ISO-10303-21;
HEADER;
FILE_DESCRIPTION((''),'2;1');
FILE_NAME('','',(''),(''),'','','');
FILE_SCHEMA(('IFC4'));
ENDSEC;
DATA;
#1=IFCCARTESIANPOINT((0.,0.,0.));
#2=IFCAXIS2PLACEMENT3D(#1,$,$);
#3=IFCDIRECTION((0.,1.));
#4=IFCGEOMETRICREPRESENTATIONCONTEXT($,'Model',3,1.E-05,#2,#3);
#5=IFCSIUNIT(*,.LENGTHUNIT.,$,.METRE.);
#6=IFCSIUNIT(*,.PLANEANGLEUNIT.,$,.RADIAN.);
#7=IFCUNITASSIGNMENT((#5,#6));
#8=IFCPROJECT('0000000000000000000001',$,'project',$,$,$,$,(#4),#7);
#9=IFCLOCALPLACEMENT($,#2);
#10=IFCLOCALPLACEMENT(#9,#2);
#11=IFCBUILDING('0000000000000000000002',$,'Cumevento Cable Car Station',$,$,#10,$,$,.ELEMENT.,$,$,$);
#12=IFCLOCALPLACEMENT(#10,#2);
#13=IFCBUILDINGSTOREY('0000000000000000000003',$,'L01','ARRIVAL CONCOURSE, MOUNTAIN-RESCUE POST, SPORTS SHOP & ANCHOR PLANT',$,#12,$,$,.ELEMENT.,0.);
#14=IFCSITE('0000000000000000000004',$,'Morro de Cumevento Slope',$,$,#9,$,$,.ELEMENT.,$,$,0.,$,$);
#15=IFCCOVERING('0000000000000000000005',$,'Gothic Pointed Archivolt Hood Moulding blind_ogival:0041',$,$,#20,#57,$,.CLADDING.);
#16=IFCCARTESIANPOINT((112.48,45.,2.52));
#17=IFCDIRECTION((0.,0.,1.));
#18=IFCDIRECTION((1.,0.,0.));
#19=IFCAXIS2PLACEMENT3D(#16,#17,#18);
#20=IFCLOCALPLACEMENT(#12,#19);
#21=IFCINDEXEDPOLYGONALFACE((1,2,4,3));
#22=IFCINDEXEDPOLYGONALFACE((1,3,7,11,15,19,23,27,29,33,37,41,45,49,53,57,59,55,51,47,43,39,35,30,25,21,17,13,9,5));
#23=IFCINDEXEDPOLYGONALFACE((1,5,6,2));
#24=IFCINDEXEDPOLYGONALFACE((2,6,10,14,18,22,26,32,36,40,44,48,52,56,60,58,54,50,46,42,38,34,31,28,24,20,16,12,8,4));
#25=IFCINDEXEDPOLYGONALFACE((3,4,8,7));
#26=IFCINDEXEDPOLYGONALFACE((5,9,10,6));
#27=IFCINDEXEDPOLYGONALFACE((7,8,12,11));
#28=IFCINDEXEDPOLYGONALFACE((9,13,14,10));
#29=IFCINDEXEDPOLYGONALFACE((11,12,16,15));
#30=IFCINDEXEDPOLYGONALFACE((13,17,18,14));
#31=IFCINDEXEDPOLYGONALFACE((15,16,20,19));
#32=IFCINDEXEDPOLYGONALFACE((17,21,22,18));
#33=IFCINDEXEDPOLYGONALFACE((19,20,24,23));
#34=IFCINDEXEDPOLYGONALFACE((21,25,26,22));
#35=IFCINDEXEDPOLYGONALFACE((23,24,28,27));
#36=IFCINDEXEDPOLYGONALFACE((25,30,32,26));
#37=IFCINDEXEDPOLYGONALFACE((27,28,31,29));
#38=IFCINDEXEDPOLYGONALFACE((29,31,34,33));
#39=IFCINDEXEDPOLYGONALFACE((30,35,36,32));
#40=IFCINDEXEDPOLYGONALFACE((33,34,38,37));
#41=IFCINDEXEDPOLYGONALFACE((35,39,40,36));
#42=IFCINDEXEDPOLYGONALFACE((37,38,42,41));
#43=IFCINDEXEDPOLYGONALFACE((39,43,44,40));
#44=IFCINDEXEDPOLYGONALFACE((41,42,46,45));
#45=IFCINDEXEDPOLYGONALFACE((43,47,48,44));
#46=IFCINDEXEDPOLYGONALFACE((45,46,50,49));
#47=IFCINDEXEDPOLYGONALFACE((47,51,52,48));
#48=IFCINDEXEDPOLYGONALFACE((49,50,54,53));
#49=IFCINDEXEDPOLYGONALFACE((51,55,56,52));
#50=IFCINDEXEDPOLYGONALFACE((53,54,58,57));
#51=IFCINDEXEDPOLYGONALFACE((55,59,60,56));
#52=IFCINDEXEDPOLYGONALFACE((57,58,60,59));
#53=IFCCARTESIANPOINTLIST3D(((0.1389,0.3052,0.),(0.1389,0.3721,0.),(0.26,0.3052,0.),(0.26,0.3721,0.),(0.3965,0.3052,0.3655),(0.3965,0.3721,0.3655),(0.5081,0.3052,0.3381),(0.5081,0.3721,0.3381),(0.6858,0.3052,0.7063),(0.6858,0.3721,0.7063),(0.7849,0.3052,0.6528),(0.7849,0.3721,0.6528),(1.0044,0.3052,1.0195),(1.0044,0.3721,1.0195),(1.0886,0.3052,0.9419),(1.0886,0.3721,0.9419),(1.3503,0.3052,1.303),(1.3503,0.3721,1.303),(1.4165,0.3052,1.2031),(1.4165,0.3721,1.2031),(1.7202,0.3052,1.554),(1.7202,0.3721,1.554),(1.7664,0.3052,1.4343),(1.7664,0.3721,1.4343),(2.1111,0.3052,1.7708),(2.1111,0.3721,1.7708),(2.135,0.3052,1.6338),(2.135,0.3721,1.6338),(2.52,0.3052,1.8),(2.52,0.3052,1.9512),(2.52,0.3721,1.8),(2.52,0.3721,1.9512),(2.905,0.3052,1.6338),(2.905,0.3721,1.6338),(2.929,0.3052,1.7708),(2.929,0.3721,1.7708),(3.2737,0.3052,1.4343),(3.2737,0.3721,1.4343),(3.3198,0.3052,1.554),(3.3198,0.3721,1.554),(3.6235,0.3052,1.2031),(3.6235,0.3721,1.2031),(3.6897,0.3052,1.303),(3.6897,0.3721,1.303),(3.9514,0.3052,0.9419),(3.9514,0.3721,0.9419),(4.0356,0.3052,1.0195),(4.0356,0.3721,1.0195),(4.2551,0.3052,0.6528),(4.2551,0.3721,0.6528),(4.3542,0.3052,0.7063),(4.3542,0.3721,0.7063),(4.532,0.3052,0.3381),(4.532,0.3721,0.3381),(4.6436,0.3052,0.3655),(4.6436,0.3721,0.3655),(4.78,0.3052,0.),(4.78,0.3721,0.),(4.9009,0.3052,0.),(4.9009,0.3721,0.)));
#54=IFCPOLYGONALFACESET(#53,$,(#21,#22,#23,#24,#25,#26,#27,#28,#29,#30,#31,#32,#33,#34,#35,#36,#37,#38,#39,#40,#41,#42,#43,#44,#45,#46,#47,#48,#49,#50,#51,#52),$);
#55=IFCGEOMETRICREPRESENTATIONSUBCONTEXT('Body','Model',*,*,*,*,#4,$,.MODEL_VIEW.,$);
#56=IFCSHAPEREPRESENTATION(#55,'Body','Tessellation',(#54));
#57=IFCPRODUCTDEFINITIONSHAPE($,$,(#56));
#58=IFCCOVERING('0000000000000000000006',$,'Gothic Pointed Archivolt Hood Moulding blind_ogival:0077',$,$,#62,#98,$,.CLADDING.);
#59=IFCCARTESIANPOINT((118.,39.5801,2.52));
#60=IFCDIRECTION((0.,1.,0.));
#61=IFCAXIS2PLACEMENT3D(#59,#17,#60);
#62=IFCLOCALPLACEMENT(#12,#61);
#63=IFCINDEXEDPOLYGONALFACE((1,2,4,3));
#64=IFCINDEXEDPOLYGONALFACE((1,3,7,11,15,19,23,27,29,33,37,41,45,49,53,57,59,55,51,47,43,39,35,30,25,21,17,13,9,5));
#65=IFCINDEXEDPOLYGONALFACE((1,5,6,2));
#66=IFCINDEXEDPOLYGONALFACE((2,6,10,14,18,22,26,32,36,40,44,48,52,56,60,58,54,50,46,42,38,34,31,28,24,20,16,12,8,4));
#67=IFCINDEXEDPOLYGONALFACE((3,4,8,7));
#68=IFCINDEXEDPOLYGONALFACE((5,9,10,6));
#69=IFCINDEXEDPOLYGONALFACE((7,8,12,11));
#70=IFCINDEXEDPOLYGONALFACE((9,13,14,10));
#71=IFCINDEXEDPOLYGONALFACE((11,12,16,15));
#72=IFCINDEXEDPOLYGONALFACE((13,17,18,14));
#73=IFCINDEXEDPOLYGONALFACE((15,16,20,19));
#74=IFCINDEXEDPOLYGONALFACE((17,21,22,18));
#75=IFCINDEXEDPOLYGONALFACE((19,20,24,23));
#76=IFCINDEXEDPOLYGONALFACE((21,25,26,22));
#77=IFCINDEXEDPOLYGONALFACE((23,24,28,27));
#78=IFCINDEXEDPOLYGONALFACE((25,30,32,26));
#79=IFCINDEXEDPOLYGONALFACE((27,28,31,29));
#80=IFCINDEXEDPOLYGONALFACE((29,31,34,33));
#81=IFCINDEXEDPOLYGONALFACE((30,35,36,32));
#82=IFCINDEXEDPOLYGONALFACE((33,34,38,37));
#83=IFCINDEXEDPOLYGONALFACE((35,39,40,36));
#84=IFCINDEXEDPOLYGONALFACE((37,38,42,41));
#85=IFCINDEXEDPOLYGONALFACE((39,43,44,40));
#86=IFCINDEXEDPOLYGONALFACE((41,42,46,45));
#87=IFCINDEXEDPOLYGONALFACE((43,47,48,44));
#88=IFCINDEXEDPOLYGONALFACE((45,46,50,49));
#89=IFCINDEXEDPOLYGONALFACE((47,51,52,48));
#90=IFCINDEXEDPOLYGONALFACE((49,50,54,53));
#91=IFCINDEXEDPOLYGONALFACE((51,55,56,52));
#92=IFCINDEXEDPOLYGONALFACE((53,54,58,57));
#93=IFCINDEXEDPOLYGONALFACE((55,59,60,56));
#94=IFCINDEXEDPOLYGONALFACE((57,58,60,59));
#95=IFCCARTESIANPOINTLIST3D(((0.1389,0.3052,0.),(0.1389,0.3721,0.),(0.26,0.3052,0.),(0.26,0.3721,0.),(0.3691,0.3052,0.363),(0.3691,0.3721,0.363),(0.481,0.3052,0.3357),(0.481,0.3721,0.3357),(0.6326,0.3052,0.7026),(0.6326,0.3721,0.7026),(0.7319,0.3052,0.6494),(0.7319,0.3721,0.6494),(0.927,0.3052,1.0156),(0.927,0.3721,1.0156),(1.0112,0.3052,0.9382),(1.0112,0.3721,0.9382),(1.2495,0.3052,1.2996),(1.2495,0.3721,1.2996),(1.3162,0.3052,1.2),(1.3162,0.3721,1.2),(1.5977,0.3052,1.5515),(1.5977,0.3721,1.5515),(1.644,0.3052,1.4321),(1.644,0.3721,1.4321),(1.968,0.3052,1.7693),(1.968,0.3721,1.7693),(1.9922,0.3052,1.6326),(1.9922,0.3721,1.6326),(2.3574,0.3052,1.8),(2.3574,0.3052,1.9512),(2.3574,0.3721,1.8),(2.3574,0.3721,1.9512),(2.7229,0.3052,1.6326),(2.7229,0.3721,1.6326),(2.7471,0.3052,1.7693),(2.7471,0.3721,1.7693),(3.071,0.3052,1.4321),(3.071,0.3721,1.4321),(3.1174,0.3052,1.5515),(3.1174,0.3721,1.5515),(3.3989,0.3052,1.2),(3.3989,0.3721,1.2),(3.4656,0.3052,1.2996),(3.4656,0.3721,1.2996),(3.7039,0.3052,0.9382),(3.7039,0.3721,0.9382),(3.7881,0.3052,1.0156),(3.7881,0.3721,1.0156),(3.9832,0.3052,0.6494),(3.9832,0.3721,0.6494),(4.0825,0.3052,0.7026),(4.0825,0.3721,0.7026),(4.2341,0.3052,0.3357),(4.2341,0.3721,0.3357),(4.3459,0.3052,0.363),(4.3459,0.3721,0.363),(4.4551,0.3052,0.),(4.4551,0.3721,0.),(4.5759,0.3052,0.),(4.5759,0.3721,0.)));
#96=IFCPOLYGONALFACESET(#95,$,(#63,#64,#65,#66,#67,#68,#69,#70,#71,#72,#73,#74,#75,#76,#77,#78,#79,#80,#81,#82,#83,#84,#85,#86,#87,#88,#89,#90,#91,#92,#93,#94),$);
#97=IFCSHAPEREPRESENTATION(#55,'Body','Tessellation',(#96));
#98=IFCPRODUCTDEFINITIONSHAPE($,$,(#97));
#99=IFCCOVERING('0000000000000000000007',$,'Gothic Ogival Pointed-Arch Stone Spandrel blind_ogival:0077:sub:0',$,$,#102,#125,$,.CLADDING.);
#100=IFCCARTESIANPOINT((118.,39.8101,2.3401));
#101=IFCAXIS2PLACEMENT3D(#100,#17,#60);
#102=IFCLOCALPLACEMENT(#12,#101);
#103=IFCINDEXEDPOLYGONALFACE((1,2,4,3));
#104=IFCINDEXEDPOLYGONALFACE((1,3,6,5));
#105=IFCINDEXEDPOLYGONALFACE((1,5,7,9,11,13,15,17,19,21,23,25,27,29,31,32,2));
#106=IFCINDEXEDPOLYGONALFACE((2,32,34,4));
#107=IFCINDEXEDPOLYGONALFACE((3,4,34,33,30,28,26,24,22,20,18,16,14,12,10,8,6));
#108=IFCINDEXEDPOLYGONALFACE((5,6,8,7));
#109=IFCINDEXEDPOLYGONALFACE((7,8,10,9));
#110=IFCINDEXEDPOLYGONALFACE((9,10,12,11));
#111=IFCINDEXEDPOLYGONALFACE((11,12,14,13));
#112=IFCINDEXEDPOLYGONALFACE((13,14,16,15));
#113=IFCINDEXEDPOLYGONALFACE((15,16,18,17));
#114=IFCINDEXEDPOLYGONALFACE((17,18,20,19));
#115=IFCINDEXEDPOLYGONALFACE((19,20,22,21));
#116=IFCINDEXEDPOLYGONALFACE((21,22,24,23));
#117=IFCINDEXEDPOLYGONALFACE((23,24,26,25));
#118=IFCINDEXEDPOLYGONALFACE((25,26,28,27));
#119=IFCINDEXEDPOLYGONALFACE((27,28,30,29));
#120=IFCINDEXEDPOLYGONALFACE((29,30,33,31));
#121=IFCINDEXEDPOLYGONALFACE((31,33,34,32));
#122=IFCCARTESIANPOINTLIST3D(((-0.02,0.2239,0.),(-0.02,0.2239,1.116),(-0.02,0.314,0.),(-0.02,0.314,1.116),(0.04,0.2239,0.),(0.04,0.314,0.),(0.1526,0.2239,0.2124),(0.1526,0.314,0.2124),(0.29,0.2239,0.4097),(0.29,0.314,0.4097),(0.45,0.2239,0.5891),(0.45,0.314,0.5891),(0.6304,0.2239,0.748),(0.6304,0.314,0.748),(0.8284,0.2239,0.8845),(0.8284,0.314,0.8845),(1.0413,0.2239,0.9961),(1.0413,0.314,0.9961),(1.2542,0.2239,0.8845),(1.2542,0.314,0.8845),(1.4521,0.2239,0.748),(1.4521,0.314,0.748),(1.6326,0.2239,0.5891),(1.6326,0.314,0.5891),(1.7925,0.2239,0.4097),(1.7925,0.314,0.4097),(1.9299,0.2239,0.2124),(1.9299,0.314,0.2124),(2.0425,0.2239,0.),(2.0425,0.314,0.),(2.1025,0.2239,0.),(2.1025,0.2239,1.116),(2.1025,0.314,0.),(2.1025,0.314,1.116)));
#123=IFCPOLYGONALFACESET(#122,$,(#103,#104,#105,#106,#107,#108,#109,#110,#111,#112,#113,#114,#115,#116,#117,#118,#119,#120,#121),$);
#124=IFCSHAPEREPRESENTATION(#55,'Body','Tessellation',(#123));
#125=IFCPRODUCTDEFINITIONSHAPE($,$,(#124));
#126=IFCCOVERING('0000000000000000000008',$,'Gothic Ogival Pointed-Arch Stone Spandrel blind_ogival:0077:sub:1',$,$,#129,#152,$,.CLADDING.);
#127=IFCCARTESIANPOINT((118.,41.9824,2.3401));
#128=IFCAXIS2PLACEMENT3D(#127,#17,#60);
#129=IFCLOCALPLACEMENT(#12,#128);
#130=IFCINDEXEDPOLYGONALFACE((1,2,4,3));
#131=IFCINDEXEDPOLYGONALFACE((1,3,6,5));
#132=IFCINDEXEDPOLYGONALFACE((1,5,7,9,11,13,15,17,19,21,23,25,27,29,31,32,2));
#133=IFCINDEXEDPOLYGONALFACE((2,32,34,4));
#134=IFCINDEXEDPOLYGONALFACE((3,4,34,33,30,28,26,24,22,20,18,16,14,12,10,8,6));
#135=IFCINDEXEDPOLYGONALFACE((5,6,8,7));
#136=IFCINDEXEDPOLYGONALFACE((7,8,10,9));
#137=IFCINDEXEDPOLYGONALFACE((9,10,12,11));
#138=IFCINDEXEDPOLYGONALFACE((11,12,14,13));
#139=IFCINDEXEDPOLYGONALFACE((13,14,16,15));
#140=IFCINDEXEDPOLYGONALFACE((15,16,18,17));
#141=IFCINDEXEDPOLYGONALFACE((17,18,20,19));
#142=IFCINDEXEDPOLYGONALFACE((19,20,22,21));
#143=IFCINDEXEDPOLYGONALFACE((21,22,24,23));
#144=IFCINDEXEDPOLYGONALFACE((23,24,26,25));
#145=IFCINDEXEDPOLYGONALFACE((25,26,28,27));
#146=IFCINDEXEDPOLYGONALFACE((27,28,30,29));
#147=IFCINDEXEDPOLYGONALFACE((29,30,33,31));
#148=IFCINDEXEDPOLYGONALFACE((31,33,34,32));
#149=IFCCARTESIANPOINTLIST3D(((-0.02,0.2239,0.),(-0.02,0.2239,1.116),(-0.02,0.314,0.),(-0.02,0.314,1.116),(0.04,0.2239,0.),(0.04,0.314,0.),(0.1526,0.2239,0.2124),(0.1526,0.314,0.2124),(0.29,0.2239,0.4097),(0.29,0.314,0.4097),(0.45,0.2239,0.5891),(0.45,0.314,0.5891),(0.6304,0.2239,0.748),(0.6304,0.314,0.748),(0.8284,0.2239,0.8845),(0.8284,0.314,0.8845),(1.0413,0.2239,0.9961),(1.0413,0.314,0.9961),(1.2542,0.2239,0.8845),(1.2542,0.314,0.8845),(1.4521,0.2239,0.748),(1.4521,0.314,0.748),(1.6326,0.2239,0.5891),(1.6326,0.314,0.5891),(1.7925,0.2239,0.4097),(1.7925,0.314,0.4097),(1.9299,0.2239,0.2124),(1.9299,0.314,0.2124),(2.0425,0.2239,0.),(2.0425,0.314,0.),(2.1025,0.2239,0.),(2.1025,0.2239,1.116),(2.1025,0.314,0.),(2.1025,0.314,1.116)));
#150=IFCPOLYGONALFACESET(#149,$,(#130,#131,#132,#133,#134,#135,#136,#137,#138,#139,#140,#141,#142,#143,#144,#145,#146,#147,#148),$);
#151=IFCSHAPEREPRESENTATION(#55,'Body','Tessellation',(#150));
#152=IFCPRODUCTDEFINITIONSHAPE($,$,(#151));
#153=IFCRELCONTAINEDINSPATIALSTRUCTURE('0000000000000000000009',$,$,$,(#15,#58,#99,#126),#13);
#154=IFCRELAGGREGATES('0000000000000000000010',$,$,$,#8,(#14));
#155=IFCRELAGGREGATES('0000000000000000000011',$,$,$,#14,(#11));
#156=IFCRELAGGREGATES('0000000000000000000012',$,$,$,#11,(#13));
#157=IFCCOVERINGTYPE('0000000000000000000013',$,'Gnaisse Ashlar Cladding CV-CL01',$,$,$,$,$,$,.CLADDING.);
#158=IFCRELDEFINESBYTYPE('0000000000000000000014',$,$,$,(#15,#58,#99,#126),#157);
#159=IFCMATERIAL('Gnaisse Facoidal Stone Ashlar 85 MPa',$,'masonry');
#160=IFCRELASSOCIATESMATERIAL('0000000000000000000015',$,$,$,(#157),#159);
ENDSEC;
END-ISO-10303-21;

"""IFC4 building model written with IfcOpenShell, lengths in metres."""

from ifc_helpers import new_model, si_unit, direction, frame, origin, place, context, subcontext, project, spatial, polyline, outline, extrude, material, type_object, element, save


model = new_model("IFC4")

# Units and contexts
model_context = context("Model", 3, precision=1e-05, world=origin(), true_north=direction((0.0, 1.0)))
body_context = subcontext(model_context, "Body", "Model", "MODEL_VIEW")
ifc_project = project(units=[si_unit("LENGTHUNIT", "METRE"), si_unit("PLANEANGLEUNIT", "RADIAN")], contexts=[model_context])

# Site, building, storey
site_placement = place(None, origin())
site = spatial("IfcSite", under=ifc_project, at=site_placement, Name="Morro de Cumevento Slope", CompositionType="ELEMENT", RefElevation=0.0)
building_placement = place(site_placement, origin())
building = spatial("IfcBuilding", under=site, at=building_placement, Name="Cumevento Cable Car Station", CompositionType="ELEMENT")
storey_placement = place(building_placement, origin())
storey = spatial("IfcBuildingStorey", under=building, at=storey_placement, Name="L01", Description="ARRIVAL CONCOURSE, MOUNTAIN-RESCUE POST, SPORTS SHOP & ANCHOR PLANT", CompositionType="ELEMENT", Elevation=0.0)

# Coverings
ifc_material_1 = material(Name="Gnaisse Facoidal Stone Ashlar 85 MPa", Category="masonry")
covering_type = type_object("IfcCoveringType", Name="Gnaisse Ashlar Cladding CV-CL01", PredefinedType="CLADDING", material=ifc_material_1)
covering_1_placement = place(storey_placement, frame((112.48, 45.0, 2.52), z_axis=(0.0, 0.0, 1.0), x_axis=(1.0, 0.0, 0.0)))
element("IfcCovering", 1, at=covering_1_placement, inside=storey, type_object=covering_type, Name="Gothic Pointed Archivolt Hood Moulding blind_ogival:0041", PredefinedType="CLADDING", context=body_context, shape_type="SweptSolid", body=[
    extrude(outline(polyline([(0.26, 0.0), (0.5081, 0.3381), (0.7849, 0.6528), (1.0886, 0.9419), (1.4165, 1.2031), (1.7664, 1.4343), (2.135, 1.6338), (2.52, 1.8), (2.905, 1.6338), (3.2737, 1.4343), (3.6235, 1.2031), (3.9514, 0.9419), (4.2551, 0.6528), (4.532, 0.3381), (4.78, 0.0), (4.9009, 0.0), (4.6436, 0.3655), (4.3542, 0.7063), (4.0356, 1.0195), (3.6897, 1.303), (3.3198, 1.554), (2.929, 1.7708), (2.52, 1.9512), (2.1111, 1.7708), (1.7202, 1.554), (1.3503, 1.303), (1.0044, 1.0195), (0.6858, 0.7063), (0.3965, 0.3655), (0.1389, 0.0), (0.26, 0.0)])), frame((0.0, 0.3721, 0.0), z_axis=(0.0, -1.0, 0.0), x_axis=(1.0, 0.0, 0.0)), (0.0, 0.0, 1.0), 0.0669),
])
covering_2_placement = place(storey_placement, frame((118.0, 39.5801, 2.52), z_axis=(0.0, 0.0, 1.0), x_axis=(0.0, 1.0, 0.0)))
element("IfcCovering", 2, at=covering_2_placement, inside=storey, type_object=covering_type, Name="Gothic Pointed Archivolt Hood Moulding blind_ogival:0077", PredefinedType="CLADDING", context=body_context, shape_type="SweptSolid", body=[
    extrude(outline(polyline([(0.26, 0.0), (0.481, 0.3357), (0.7319, 0.6494), (1.0112, 0.9382), (1.3162, 1.2), (1.644, 1.4321), (1.9922, 1.6326), (2.3574, 1.8), (2.7229, 1.6326), (3.071, 1.4321), (3.3989, 1.2), (3.7039, 0.9382), (3.9832, 0.6494), (4.2341, 0.3357), (4.4551, 0.0), (4.5759, 0.0), (4.3459, 0.363), (4.0825, 0.7026), (3.7881, 1.0156), (3.4656, 1.2996), (3.1174, 1.5515), (2.7471, 1.7693), (2.3574, 1.9512), (1.968, 1.7693), (1.5977, 1.5515), (1.2495, 1.2996), (0.927, 1.0156), (0.6326, 0.7026), (0.3691, 0.363), (0.1389, 0.0), (0.26, 0.0)])), frame((0.0, 0.3721, 0.0), z_axis=(0.0, -1.0, 0.0), x_axis=(1.0, 0.0, 0.0)), (0.0, 0.0, 1.0), 0.0669),
])
for number, where, z_axis, x_axis, name in (
    (3, (118.0, 39.8101, 2.3401), (0.0, 0.0, 1.0), (0.0, 1.0, 0.0), "Gothic Ogival Pointed-Arch Stone Spandrel blind_ogival:0077:sub:0"),
    (4, (118.0, 41.9824, 2.3401), (0.0, 0.0, 1.0), (0.0, 1.0, 0.0), "Gothic Ogival Pointed-Arch Stone Spandrel blind_ogival:0077:sub:1"),
):
    element("IfcCovering", number, at=place(storey_placement, frame(where, z_axis=z_axis, x_axis=x_axis)), inside=storey, type_object=covering_type, Name=name, PredefinedType="CLADDING", context=body_context, shape_type="SweptSolid", body=[
        extrude(outline(polyline([(-0.02, 0.0), (-0.02, 1.116), (2.1025, 1.116), (2.1025, 0.0), (2.0425, 0.0), (1.9299, 0.2124), (1.7925, 0.4097), (1.6326, 0.5891), (1.4521, 0.748), (1.2542, 0.8845), (1.0413, 0.9961), (0.8284, 0.8845), (0.6304, 0.748), (0.45, 0.5891), (0.29, 0.4097), (0.1526, 0.2124), (0.04, 0.0), (-0.02, 0.0)])), frame((0.0, 0.314, 0.0), z_axis=(0.0, -1.0, 0.0), x_axis=(1.0, 0.0, 0.0)), (0.0, 0.0, 1.0), 0.0901),
    ])

save(model, "model.ifc")
